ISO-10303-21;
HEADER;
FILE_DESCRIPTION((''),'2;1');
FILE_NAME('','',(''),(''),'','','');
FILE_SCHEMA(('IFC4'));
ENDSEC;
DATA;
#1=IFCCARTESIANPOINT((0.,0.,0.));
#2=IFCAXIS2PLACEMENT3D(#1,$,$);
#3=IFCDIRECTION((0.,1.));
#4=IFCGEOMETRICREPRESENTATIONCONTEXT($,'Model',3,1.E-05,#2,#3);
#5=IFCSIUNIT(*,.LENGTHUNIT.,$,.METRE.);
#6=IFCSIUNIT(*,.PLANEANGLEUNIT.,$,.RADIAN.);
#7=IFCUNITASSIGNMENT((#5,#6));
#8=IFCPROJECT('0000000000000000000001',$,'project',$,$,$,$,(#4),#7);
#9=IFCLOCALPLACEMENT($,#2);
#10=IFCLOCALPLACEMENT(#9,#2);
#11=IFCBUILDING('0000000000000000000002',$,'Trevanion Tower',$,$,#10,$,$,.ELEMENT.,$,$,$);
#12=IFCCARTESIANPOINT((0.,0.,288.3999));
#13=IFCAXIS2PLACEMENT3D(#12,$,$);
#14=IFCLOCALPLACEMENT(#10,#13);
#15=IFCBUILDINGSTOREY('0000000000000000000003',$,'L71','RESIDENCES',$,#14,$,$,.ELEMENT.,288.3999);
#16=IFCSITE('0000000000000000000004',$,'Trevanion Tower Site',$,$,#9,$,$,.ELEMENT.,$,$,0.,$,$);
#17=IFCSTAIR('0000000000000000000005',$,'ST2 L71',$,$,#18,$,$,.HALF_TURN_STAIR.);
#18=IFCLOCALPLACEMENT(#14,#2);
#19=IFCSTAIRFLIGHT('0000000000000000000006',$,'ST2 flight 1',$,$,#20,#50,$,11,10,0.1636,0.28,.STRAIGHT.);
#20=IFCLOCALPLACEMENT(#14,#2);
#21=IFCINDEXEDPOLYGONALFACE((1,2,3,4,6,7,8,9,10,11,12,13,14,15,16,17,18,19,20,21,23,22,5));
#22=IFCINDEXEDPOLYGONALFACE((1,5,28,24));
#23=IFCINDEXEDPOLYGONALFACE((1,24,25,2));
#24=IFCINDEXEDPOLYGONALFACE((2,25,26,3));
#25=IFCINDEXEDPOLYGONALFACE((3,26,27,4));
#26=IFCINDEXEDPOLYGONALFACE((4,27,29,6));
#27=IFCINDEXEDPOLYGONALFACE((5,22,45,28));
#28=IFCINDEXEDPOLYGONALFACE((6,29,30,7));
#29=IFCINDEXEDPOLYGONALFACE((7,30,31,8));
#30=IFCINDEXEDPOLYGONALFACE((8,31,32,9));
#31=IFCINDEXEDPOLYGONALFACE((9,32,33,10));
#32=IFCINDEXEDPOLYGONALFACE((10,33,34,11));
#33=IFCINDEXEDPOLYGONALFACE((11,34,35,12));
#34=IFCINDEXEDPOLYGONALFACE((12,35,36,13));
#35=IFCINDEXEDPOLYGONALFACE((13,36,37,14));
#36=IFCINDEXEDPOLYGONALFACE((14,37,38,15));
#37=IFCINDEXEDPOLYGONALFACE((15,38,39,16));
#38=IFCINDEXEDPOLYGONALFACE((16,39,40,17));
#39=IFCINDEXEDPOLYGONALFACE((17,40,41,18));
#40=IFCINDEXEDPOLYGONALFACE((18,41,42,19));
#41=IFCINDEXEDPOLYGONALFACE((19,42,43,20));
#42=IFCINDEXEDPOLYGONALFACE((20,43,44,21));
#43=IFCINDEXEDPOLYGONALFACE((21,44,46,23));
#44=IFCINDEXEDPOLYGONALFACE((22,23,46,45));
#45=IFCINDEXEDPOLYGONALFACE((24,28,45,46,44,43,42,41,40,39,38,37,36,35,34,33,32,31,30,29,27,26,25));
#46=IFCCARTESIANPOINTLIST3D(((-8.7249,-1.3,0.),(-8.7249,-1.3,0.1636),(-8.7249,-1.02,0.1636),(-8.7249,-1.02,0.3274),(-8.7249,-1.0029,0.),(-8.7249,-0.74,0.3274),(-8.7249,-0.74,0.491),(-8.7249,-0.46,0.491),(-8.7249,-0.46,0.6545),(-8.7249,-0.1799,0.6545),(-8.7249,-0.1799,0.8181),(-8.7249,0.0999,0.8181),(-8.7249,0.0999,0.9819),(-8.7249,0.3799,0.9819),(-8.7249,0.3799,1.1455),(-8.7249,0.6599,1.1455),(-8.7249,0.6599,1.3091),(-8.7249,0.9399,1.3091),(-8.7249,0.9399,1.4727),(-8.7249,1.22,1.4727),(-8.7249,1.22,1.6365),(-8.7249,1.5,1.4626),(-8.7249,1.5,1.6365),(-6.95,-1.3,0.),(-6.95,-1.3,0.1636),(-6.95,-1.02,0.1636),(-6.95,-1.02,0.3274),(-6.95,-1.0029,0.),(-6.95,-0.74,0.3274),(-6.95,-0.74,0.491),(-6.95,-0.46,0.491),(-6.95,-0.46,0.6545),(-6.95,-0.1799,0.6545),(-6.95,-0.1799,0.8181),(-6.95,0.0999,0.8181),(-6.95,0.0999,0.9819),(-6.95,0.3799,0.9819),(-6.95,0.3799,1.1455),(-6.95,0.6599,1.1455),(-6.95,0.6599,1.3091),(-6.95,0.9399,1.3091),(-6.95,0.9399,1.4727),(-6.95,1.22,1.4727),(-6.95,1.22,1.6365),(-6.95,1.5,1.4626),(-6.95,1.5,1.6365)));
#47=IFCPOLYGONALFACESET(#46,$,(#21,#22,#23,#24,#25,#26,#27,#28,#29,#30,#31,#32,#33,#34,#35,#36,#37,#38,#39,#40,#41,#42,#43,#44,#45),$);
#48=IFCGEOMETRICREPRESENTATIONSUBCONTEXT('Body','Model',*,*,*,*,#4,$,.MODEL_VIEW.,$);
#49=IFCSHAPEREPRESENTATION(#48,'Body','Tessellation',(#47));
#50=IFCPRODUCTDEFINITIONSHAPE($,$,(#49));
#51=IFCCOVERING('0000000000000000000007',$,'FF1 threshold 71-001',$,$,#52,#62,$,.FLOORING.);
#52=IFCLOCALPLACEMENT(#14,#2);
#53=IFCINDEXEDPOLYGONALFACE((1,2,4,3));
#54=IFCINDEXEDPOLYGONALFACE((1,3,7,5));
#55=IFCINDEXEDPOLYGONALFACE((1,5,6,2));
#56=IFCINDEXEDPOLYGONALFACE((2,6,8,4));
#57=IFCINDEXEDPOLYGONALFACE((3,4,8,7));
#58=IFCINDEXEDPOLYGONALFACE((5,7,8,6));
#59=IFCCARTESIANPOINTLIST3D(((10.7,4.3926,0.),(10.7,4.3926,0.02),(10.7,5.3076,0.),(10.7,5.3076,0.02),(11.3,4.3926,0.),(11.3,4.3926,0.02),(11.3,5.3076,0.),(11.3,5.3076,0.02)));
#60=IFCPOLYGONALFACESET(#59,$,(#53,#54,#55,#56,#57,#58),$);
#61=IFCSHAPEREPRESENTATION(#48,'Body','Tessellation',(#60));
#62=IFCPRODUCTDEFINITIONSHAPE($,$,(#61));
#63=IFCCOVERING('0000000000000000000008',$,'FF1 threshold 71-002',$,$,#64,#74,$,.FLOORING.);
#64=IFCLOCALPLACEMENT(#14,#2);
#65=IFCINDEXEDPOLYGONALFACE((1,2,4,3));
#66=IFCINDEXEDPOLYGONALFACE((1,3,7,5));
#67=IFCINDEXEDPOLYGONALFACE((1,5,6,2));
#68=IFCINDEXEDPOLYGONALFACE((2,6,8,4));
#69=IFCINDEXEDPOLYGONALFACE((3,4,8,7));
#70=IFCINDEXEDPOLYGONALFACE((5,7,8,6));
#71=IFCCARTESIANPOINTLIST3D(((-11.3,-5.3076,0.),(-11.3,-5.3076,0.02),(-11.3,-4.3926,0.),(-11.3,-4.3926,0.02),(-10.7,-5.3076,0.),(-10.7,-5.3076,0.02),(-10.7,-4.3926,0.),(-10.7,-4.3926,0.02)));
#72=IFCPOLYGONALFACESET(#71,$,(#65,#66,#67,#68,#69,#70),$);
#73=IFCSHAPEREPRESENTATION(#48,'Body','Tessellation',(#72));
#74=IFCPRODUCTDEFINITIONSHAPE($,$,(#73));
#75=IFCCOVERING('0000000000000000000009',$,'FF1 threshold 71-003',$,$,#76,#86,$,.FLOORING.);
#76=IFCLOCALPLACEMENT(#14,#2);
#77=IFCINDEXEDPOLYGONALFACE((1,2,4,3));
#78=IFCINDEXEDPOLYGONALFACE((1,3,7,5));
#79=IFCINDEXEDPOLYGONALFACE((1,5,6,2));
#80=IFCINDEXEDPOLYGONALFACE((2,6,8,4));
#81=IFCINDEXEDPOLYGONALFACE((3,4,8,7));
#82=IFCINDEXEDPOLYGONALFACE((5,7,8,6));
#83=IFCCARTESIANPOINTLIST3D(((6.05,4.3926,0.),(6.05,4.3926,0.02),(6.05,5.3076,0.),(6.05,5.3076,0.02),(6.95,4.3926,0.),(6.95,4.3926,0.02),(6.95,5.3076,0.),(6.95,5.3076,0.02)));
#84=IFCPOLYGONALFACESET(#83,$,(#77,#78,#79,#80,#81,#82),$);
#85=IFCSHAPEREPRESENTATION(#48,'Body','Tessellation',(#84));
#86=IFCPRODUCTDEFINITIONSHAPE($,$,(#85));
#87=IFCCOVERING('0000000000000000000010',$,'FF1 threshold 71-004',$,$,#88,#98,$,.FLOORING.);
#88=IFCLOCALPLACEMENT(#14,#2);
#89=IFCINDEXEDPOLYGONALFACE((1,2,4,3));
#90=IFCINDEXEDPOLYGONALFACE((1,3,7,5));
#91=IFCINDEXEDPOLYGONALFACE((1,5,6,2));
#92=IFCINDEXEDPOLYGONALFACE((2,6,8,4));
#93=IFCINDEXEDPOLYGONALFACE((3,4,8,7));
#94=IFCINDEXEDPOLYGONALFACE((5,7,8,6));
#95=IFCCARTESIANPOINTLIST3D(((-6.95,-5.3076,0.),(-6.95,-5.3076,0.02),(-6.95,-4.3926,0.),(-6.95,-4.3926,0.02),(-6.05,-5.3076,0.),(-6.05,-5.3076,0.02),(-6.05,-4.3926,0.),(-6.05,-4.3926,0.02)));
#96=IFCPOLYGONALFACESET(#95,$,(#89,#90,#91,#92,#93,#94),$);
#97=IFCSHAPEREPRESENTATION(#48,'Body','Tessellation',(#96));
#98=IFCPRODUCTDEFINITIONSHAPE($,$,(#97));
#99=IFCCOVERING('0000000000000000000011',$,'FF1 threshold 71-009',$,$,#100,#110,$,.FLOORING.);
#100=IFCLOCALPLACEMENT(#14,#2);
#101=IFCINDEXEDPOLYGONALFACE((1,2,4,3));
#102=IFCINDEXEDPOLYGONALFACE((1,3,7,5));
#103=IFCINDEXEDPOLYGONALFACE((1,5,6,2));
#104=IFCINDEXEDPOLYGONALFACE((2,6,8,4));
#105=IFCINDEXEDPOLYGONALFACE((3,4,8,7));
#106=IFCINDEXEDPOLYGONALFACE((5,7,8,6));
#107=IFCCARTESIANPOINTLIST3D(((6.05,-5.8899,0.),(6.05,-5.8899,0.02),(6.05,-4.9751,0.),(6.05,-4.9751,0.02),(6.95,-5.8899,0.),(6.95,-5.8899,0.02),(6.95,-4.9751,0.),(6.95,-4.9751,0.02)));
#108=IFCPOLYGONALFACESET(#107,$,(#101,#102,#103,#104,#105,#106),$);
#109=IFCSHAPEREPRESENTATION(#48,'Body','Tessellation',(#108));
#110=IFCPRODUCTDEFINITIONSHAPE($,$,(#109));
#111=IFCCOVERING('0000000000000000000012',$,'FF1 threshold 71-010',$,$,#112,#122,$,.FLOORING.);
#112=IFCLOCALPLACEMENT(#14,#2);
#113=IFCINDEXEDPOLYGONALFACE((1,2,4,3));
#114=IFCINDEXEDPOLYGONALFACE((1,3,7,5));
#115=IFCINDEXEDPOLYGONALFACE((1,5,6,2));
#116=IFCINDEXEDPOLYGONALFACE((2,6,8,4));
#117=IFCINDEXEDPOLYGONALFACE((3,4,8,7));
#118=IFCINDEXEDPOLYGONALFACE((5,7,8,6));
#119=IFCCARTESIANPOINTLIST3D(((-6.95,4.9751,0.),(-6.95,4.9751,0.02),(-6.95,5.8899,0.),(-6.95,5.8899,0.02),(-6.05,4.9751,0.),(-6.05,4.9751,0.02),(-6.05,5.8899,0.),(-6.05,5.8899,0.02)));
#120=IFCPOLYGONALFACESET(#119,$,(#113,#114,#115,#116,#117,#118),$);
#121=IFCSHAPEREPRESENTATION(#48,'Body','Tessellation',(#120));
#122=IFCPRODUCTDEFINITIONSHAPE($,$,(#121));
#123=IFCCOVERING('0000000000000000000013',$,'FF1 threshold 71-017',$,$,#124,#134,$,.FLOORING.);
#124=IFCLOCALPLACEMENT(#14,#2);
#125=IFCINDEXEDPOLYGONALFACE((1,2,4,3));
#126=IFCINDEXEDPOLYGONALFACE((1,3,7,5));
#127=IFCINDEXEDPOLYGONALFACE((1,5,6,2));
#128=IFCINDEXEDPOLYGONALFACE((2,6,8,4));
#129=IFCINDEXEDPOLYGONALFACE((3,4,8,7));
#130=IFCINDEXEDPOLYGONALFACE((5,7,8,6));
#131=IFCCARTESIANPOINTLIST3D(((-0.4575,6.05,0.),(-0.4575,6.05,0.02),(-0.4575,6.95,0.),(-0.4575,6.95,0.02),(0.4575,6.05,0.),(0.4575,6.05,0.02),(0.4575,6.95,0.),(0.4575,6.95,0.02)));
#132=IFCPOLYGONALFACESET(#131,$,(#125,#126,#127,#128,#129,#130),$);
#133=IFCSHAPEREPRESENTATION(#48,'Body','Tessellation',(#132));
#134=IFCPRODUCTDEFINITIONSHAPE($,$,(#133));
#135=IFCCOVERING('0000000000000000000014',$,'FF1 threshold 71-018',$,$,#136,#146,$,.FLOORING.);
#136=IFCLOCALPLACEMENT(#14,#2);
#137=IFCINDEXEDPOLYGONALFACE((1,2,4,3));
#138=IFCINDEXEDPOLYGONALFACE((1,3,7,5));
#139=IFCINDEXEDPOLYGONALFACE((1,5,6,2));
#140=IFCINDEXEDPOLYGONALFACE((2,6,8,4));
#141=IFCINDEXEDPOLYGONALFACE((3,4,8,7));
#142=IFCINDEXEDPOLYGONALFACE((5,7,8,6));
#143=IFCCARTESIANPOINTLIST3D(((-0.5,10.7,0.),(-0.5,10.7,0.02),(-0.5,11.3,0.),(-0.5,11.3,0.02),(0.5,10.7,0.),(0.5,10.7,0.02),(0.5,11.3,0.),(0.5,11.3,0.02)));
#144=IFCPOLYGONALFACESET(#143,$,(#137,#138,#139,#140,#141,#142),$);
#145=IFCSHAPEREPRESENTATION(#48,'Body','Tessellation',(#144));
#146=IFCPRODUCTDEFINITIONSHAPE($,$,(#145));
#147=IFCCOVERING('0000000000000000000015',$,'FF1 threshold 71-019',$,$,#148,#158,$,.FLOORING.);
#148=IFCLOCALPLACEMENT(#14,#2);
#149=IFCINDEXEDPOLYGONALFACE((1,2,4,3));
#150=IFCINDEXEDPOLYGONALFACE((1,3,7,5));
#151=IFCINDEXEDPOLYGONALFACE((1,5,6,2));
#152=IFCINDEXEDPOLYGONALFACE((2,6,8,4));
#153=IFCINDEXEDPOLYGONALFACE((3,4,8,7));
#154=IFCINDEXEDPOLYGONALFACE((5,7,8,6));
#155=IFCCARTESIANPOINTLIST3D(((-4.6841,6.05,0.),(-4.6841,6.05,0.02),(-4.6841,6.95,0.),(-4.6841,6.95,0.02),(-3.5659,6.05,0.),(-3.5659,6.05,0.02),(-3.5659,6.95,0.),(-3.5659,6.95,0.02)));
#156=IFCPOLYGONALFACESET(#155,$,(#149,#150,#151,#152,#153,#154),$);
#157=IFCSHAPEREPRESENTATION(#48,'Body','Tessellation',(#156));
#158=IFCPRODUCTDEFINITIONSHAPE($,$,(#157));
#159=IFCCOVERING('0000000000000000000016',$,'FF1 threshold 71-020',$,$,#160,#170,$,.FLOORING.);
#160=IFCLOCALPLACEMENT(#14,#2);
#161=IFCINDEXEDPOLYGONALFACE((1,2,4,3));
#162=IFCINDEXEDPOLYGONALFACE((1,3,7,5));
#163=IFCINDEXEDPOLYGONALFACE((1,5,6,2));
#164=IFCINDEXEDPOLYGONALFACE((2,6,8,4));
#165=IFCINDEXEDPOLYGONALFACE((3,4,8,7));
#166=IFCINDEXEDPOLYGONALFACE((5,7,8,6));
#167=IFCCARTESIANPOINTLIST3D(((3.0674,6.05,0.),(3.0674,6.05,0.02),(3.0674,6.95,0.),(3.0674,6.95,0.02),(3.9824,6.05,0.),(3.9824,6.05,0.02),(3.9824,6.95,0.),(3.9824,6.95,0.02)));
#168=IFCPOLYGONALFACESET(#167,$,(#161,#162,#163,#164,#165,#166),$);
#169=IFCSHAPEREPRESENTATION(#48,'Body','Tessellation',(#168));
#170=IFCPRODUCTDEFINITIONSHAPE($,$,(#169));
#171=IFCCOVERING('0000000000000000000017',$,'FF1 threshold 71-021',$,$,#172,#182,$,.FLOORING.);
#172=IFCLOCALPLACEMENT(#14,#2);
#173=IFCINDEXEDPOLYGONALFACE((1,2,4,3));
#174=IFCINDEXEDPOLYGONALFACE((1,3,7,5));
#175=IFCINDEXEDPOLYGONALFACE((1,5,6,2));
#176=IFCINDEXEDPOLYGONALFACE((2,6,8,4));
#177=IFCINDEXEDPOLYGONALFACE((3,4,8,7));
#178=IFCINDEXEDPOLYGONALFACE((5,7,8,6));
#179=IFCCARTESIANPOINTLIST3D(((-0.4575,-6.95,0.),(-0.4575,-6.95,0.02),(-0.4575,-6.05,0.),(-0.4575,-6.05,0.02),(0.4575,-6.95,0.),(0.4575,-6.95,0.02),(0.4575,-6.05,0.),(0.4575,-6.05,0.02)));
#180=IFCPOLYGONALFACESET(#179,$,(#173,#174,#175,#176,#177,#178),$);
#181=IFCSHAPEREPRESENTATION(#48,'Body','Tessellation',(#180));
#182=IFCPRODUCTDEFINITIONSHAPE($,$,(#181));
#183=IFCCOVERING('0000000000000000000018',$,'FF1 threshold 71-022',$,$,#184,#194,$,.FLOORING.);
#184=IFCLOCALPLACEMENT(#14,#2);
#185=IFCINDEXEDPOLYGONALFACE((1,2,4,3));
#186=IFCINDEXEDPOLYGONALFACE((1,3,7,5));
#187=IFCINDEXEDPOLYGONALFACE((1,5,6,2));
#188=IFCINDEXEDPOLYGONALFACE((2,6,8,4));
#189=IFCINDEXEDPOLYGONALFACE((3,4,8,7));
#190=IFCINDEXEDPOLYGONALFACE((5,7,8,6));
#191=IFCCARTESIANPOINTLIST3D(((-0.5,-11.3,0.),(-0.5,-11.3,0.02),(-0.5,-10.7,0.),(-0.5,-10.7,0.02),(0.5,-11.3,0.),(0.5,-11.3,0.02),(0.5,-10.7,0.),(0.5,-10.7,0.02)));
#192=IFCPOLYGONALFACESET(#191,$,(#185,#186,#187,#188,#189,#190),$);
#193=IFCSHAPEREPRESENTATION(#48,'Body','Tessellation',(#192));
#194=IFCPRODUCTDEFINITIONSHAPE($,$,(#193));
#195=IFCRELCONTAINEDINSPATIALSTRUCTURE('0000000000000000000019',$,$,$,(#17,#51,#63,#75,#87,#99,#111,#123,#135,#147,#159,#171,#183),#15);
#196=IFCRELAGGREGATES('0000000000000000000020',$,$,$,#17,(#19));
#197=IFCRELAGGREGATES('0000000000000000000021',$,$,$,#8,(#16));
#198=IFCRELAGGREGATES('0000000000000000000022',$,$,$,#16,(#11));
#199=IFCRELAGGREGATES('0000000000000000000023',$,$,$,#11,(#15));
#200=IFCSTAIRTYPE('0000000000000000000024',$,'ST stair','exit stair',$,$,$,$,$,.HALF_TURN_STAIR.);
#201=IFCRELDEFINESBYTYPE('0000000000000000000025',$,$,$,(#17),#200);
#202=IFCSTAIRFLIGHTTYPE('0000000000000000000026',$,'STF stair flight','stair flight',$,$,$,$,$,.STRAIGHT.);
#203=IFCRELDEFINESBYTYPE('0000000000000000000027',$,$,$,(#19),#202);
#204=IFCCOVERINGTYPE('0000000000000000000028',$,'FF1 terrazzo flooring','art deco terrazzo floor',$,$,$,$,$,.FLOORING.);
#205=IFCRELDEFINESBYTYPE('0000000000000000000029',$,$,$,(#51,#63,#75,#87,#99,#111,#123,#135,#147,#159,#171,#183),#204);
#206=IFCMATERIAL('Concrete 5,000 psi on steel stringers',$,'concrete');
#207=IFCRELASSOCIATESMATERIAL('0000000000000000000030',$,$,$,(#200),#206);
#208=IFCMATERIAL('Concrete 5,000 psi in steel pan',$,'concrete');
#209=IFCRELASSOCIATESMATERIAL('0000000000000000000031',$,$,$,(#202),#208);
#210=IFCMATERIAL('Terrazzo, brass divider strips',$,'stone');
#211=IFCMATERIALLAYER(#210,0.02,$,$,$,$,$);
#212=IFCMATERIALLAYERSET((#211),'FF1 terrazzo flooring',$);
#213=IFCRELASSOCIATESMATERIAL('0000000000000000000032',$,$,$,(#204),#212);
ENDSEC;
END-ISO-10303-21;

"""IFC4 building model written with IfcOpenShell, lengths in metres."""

from ifc_helpers import new_model, si_unit, direction, frame, origin, place, context, subcontext, project, spatial, polyline, outline, extrude, material, layer, layer_set, type_object, element, aggregate, save


model = new_model("IFC4")

# Units and contexts
model_context = context("Model", 3, precision=1e-05, world=origin(), true_north=direction((0.0, 1.0)))
body_context = subcontext(model_context, "Body", "Model", "MODEL_VIEW")
ifc_project = project(units=[si_unit("LENGTHUNIT", "METRE"), si_unit("PLANEANGLEUNIT", "RADIAN")], contexts=[model_context])

# Site, building, storey
site_placement = place(None, origin())
site = spatial("IfcSite", under=ifc_project, at=site_placement, Name="Trevanion Tower Site", CompositionType="ELEMENT", RefElevation=0.0)
building_placement = place(site_placement, origin())
building = spatial("IfcBuilding", under=site, at=building_placement, Name="Trevanion Tower", CompositionType="ELEMENT")
storey_placement = place(building_placement, frame((0.0, 0.0, 288.3999)))
storey = spatial("IfcBuildingStorey", under=building, at=storey_placement, Name="L71", Description="RESIDENCES", CompositionType="ELEMENT", Elevation=288.3999)

# Stair, stair flight
ifc_material_1 = material(Name="Concrete 5,000 psi on steel stringers", Category="concrete")
stair_type = type_object("IfcStairType", Name="ST stair", Description="exit stair", PredefinedType="HALF_TURN_STAIR", material=ifc_material_1)
stair_placement = place(storey_placement, origin())
stair = element("IfcStair", 1, at=stair_placement, inside=storey, type_object=stair_type, Name="ST2 L71", PredefinedType="HALF_TURN_STAIR")
ifc_material_2 = material(Name="Concrete 5,000 psi in steel pan", Category="concrete")
stair_flight_type = type_object("IfcStairFlightType", Name="STF stair flight", Description="stair flight", PredefinedType="STRAIGHT", material=ifc_material_2)
stair_flight_placement = place(storey_placement, frame((-7.8374, -1.3, 0.0), z_axis=(0.0, 0.0, 1.0), x_axis=(0.0, 1.0, 0.0)))
stair_flight = element("IfcStairFlight", 2, at=stair_flight_placement, type_object=stair_flight_type, Name="ST2 flight 1", NumberOfRisers=11, NumberOfTreads=10, PredefinedType="STRAIGHT", RiserHeight=0.1636, TreadLength=0.28, context=body_context, shape_type="SweptSolid", body=[
    extrude(outline(polyline([(0.0, 0.0), (0.0, 0.1636), (0.28, 0.1636), (0.28, 0.3274), (0.5601, 0.3274), (0.5601, 0.491), (0.8401, 0.491), (0.8401, 0.6545), (1.1201, 0.6545), (1.1201, 0.8181), (1.3999, 0.8181), (1.3999, 0.9819), (1.6799, 0.9819), (1.6799, 1.1455), (1.96, 1.1455), (1.96, 1.3091), (2.24, 1.3091), (2.24, 1.4727), (2.52, 1.4727), (2.52, 1.6365), (2.8, 1.6365), (2.8, 1.8), (2.8, 1.4626), (0.2971, 0.0), (0.0, 0.0)])), frame((0.0, 0.8875, 0.0), z_axis=(0.0, -1.0, 0.0), x_axis=(1.0, 0.0, 0.0)), (0.0, 0.0, 1.0), 1.7749),
])
aggregate(stair, [stair_flight])

# Coverings
ifc_material_3 = material(Name="Terrazzo, brass divider strips", Category="stone")
ifc_layer_1 = layer(ifc_material_3, 0.02)
ifc_layer_set_1 = layer_set([ifc_layer_1], Name="FF1 terrazzo flooring")
covering_type = type_object("IfcCoveringType", Name="FF1 terrazzo flooring", Description="art deco terrazzo floor", PredefinedType="FLOORING", material=ifc_layer_set_1)
covering_1_placement = place(storey_placement, origin())
element("IfcCovering", 3, at=covering_1_placement, inside=storey, type_object=covering_type, Name="FF1 threshold 71-001", PredefinedType="FLOORING", context=body_context, shape_type="SweptSolid", body=[
    extrude(outline(polyline([(11.3, 4.3926), (11.3, 5.3076), (10.7, 5.3076), (10.7, 4.3926), (11.3, 4.3926)])), origin(), (0.0, 0.0, 1.0), 0.02),
])
covering_2_placement = place(storey_placement, origin())
element("IfcCovering", 4, at=covering_2_placement, inside=storey, type_object=covering_type, Name="FF1 threshold 71-002", PredefinedType="FLOORING", context=body_context, shape_type="SweptSolid", body=[
    extrude(outline(polyline([(-11.3, -4.3926), (-11.3, -5.3076), (-10.7, -5.3076), (-10.7, -4.3926), (-11.3, -4.3926)])), origin(), (0.0, 0.0, 1.0), 0.02),
])
covering_3_placement = place(storey_placement, origin())
element("IfcCovering", 5, at=covering_3_placement, inside=storey, type_object=covering_type, Name="FF1 threshold 71-003", PredefinedType="FLOORING", context=body_context, shape_type="SweptSolid", body=[
    extrude(outline(polyline([(6.95, 4.3926), (6.95, 5.3076), (6.05, 5.3076), (6.05, 4.3926), (6.95, 4.3926)])), origin(), (0.0, 0.0, 1.0), 0.02),
])
covering_4_placement = place(storey_placement, origin())
element("IfcCovering", 6, at=covering_4_placement, inside=storey, type_object=covering_type, Name="FF1 threshold 71-004", PredefinedType="FLOORING", context=body_context, shape_type="SweptSolid", body=[
    extrude(outline(polyline([(-6.95, -4.3926), (-6.95, -5.3076), (-6.05, -5.3076), (-6.05, -4.3926), (-6.95, -4.3926)])), origin(), (0.0, 0.0, 1.0), 0.02),
])
covering_5_placement = place(storey_placement, origin())
element("IfcCovering", 7, at=covering_5_placement, inside=storey, type_object=covering_type, Name="FF1 threshold 71-009", PredefinedType="FLOORING", context=body_context, shape_type="SweptSolid", body=[
    extrude(outline(polyline([(6.95, -5.8899), (6.95, -4.9751), (6.05, -4.9751), (6.05, -5.8899), (6.95, -5.8899)])), origin(), (0.0, 0.0, 1.0), 0.02),
])
covering_6_placement = place(storey_placement, origin())
element("IfcCovering", 8, at=covering_6_placement, inside=storey, type_object=covering_type, Name="FF1 threshold 71-010", PredefinedType="FLOORING", context=body_context, shape_type="SweptSolid", body=[
    extrude(outline(polyline([(-6.95, 5.8899), (-6.95, 4.9751), (-6.05, 4.9751), (-6.05, 5.8899), (-6.95, 5.8899)])), origin(), (0.0, 0.0, 1.0), 0.02),
])
covering_7_placement = place(storey_placement, origin())
element("IfcCovering", 9, at=covering_7_placement, inside=storey, type_object=covering_type, Name="FF1 threshold 71-017", PredefinedType="FLOORING", context=body_context, shape_type="SweptSolid", body=[
    extrude(outline(polyline([(0.4575, 6.95), (-0.4575, 6.95), (-0.4575, 6.05), (0.4575, 6.05), (0.4575, 6.95)])), origin(), (0.0, 0.0, 1.0), 0.02),
])
covering_8_placement = place(storey_placement, origin())
element("IfcCovering", 10, at=covering_8_placement, inside=storey, type_object=covering_type, Name="FF1 threshold 71-018", PredefinedType="FLOORING", context=body_context, shape_type="SweptSolid", body=[
    extrude(outline(polyline([(0.5, 11.3), (-0.5, 11.3), (-0.5, 10.7), (0.5, 10.7), (0.5, 11.3)])), origin(), (0.0, 0.0, 1.0), 0.02),
])
covering_9_placement = place(storey_placement, origin())
element("IfcCovering", 11, at=covering_9_placement, inside=storey, type_object=covering_type, Name="FF1 threshold 71-019", PredefinedType="FLOORING", context=body_context, shape_type="SweptSolid", body=[
    extrude(outline(polyline([(-3.5659, 6.95), (-4.6841, 6.95), (-4.6841, 6.05), (-3.5659, 6.05), (-3.5659, 6.95)])), origin(), (0.0, 0.0, 1.0), 0.02),
])
covering_10_placement = place(storey_placement, origin())
element("IfcCovering", 12, at=covering_10_placement, inside=storey, type_object=covering_type, Name="FF1 threshold 71-020", PredefinedType="FLOORING", context=body_context, shape_type="SweptSolid", body=[
    extrude(outline(polyline([(3.9824, 6.95), (3.0674, 6.95), (3.0674, 6.05), (3.9824, 6.05), (3.9824, 6.95)])), origin(), (0.0, 0.0, 1.0), 0.02),
])
covering_11_placement = place(storey_placement, origin())
element("IfcCovering", 13, at=covering_11_placement, inside=storey, type_object=covering_type, Name="FF1 threshold 71-021", PredefinedType="FLOORING", context=body_context, shape_type="SweptSolid", body=[
    extrude(outline(polyline([(-0.4575, -6.95), (0.4575, -6.95), (0.4575, -6.05), (-0.4575, -6.05), (-0.4575, -6.95)])), origin(), (0.0, 0.0, 1.0), 0.02),
])
covering_12_placement = place(storey_placement, origin())
element("IfcCovering", 14, at=covering_12_placement, inside=storey, type_object=covering_type, Name="FF1 threshold 71-022", PredefinedType="FLOORING", context=body_context, shape_type="SweptSolid", body=[
    extrude(outline(polyline([(-0.5, -11.3), (0.5, -11.3), (0.5, -10.7), (-0.5, -10.7), (-0.5, -11.3)])), origin(), (0.0, 0.0, 1.0), 0.02),
])

save(model, "model.ifc")
